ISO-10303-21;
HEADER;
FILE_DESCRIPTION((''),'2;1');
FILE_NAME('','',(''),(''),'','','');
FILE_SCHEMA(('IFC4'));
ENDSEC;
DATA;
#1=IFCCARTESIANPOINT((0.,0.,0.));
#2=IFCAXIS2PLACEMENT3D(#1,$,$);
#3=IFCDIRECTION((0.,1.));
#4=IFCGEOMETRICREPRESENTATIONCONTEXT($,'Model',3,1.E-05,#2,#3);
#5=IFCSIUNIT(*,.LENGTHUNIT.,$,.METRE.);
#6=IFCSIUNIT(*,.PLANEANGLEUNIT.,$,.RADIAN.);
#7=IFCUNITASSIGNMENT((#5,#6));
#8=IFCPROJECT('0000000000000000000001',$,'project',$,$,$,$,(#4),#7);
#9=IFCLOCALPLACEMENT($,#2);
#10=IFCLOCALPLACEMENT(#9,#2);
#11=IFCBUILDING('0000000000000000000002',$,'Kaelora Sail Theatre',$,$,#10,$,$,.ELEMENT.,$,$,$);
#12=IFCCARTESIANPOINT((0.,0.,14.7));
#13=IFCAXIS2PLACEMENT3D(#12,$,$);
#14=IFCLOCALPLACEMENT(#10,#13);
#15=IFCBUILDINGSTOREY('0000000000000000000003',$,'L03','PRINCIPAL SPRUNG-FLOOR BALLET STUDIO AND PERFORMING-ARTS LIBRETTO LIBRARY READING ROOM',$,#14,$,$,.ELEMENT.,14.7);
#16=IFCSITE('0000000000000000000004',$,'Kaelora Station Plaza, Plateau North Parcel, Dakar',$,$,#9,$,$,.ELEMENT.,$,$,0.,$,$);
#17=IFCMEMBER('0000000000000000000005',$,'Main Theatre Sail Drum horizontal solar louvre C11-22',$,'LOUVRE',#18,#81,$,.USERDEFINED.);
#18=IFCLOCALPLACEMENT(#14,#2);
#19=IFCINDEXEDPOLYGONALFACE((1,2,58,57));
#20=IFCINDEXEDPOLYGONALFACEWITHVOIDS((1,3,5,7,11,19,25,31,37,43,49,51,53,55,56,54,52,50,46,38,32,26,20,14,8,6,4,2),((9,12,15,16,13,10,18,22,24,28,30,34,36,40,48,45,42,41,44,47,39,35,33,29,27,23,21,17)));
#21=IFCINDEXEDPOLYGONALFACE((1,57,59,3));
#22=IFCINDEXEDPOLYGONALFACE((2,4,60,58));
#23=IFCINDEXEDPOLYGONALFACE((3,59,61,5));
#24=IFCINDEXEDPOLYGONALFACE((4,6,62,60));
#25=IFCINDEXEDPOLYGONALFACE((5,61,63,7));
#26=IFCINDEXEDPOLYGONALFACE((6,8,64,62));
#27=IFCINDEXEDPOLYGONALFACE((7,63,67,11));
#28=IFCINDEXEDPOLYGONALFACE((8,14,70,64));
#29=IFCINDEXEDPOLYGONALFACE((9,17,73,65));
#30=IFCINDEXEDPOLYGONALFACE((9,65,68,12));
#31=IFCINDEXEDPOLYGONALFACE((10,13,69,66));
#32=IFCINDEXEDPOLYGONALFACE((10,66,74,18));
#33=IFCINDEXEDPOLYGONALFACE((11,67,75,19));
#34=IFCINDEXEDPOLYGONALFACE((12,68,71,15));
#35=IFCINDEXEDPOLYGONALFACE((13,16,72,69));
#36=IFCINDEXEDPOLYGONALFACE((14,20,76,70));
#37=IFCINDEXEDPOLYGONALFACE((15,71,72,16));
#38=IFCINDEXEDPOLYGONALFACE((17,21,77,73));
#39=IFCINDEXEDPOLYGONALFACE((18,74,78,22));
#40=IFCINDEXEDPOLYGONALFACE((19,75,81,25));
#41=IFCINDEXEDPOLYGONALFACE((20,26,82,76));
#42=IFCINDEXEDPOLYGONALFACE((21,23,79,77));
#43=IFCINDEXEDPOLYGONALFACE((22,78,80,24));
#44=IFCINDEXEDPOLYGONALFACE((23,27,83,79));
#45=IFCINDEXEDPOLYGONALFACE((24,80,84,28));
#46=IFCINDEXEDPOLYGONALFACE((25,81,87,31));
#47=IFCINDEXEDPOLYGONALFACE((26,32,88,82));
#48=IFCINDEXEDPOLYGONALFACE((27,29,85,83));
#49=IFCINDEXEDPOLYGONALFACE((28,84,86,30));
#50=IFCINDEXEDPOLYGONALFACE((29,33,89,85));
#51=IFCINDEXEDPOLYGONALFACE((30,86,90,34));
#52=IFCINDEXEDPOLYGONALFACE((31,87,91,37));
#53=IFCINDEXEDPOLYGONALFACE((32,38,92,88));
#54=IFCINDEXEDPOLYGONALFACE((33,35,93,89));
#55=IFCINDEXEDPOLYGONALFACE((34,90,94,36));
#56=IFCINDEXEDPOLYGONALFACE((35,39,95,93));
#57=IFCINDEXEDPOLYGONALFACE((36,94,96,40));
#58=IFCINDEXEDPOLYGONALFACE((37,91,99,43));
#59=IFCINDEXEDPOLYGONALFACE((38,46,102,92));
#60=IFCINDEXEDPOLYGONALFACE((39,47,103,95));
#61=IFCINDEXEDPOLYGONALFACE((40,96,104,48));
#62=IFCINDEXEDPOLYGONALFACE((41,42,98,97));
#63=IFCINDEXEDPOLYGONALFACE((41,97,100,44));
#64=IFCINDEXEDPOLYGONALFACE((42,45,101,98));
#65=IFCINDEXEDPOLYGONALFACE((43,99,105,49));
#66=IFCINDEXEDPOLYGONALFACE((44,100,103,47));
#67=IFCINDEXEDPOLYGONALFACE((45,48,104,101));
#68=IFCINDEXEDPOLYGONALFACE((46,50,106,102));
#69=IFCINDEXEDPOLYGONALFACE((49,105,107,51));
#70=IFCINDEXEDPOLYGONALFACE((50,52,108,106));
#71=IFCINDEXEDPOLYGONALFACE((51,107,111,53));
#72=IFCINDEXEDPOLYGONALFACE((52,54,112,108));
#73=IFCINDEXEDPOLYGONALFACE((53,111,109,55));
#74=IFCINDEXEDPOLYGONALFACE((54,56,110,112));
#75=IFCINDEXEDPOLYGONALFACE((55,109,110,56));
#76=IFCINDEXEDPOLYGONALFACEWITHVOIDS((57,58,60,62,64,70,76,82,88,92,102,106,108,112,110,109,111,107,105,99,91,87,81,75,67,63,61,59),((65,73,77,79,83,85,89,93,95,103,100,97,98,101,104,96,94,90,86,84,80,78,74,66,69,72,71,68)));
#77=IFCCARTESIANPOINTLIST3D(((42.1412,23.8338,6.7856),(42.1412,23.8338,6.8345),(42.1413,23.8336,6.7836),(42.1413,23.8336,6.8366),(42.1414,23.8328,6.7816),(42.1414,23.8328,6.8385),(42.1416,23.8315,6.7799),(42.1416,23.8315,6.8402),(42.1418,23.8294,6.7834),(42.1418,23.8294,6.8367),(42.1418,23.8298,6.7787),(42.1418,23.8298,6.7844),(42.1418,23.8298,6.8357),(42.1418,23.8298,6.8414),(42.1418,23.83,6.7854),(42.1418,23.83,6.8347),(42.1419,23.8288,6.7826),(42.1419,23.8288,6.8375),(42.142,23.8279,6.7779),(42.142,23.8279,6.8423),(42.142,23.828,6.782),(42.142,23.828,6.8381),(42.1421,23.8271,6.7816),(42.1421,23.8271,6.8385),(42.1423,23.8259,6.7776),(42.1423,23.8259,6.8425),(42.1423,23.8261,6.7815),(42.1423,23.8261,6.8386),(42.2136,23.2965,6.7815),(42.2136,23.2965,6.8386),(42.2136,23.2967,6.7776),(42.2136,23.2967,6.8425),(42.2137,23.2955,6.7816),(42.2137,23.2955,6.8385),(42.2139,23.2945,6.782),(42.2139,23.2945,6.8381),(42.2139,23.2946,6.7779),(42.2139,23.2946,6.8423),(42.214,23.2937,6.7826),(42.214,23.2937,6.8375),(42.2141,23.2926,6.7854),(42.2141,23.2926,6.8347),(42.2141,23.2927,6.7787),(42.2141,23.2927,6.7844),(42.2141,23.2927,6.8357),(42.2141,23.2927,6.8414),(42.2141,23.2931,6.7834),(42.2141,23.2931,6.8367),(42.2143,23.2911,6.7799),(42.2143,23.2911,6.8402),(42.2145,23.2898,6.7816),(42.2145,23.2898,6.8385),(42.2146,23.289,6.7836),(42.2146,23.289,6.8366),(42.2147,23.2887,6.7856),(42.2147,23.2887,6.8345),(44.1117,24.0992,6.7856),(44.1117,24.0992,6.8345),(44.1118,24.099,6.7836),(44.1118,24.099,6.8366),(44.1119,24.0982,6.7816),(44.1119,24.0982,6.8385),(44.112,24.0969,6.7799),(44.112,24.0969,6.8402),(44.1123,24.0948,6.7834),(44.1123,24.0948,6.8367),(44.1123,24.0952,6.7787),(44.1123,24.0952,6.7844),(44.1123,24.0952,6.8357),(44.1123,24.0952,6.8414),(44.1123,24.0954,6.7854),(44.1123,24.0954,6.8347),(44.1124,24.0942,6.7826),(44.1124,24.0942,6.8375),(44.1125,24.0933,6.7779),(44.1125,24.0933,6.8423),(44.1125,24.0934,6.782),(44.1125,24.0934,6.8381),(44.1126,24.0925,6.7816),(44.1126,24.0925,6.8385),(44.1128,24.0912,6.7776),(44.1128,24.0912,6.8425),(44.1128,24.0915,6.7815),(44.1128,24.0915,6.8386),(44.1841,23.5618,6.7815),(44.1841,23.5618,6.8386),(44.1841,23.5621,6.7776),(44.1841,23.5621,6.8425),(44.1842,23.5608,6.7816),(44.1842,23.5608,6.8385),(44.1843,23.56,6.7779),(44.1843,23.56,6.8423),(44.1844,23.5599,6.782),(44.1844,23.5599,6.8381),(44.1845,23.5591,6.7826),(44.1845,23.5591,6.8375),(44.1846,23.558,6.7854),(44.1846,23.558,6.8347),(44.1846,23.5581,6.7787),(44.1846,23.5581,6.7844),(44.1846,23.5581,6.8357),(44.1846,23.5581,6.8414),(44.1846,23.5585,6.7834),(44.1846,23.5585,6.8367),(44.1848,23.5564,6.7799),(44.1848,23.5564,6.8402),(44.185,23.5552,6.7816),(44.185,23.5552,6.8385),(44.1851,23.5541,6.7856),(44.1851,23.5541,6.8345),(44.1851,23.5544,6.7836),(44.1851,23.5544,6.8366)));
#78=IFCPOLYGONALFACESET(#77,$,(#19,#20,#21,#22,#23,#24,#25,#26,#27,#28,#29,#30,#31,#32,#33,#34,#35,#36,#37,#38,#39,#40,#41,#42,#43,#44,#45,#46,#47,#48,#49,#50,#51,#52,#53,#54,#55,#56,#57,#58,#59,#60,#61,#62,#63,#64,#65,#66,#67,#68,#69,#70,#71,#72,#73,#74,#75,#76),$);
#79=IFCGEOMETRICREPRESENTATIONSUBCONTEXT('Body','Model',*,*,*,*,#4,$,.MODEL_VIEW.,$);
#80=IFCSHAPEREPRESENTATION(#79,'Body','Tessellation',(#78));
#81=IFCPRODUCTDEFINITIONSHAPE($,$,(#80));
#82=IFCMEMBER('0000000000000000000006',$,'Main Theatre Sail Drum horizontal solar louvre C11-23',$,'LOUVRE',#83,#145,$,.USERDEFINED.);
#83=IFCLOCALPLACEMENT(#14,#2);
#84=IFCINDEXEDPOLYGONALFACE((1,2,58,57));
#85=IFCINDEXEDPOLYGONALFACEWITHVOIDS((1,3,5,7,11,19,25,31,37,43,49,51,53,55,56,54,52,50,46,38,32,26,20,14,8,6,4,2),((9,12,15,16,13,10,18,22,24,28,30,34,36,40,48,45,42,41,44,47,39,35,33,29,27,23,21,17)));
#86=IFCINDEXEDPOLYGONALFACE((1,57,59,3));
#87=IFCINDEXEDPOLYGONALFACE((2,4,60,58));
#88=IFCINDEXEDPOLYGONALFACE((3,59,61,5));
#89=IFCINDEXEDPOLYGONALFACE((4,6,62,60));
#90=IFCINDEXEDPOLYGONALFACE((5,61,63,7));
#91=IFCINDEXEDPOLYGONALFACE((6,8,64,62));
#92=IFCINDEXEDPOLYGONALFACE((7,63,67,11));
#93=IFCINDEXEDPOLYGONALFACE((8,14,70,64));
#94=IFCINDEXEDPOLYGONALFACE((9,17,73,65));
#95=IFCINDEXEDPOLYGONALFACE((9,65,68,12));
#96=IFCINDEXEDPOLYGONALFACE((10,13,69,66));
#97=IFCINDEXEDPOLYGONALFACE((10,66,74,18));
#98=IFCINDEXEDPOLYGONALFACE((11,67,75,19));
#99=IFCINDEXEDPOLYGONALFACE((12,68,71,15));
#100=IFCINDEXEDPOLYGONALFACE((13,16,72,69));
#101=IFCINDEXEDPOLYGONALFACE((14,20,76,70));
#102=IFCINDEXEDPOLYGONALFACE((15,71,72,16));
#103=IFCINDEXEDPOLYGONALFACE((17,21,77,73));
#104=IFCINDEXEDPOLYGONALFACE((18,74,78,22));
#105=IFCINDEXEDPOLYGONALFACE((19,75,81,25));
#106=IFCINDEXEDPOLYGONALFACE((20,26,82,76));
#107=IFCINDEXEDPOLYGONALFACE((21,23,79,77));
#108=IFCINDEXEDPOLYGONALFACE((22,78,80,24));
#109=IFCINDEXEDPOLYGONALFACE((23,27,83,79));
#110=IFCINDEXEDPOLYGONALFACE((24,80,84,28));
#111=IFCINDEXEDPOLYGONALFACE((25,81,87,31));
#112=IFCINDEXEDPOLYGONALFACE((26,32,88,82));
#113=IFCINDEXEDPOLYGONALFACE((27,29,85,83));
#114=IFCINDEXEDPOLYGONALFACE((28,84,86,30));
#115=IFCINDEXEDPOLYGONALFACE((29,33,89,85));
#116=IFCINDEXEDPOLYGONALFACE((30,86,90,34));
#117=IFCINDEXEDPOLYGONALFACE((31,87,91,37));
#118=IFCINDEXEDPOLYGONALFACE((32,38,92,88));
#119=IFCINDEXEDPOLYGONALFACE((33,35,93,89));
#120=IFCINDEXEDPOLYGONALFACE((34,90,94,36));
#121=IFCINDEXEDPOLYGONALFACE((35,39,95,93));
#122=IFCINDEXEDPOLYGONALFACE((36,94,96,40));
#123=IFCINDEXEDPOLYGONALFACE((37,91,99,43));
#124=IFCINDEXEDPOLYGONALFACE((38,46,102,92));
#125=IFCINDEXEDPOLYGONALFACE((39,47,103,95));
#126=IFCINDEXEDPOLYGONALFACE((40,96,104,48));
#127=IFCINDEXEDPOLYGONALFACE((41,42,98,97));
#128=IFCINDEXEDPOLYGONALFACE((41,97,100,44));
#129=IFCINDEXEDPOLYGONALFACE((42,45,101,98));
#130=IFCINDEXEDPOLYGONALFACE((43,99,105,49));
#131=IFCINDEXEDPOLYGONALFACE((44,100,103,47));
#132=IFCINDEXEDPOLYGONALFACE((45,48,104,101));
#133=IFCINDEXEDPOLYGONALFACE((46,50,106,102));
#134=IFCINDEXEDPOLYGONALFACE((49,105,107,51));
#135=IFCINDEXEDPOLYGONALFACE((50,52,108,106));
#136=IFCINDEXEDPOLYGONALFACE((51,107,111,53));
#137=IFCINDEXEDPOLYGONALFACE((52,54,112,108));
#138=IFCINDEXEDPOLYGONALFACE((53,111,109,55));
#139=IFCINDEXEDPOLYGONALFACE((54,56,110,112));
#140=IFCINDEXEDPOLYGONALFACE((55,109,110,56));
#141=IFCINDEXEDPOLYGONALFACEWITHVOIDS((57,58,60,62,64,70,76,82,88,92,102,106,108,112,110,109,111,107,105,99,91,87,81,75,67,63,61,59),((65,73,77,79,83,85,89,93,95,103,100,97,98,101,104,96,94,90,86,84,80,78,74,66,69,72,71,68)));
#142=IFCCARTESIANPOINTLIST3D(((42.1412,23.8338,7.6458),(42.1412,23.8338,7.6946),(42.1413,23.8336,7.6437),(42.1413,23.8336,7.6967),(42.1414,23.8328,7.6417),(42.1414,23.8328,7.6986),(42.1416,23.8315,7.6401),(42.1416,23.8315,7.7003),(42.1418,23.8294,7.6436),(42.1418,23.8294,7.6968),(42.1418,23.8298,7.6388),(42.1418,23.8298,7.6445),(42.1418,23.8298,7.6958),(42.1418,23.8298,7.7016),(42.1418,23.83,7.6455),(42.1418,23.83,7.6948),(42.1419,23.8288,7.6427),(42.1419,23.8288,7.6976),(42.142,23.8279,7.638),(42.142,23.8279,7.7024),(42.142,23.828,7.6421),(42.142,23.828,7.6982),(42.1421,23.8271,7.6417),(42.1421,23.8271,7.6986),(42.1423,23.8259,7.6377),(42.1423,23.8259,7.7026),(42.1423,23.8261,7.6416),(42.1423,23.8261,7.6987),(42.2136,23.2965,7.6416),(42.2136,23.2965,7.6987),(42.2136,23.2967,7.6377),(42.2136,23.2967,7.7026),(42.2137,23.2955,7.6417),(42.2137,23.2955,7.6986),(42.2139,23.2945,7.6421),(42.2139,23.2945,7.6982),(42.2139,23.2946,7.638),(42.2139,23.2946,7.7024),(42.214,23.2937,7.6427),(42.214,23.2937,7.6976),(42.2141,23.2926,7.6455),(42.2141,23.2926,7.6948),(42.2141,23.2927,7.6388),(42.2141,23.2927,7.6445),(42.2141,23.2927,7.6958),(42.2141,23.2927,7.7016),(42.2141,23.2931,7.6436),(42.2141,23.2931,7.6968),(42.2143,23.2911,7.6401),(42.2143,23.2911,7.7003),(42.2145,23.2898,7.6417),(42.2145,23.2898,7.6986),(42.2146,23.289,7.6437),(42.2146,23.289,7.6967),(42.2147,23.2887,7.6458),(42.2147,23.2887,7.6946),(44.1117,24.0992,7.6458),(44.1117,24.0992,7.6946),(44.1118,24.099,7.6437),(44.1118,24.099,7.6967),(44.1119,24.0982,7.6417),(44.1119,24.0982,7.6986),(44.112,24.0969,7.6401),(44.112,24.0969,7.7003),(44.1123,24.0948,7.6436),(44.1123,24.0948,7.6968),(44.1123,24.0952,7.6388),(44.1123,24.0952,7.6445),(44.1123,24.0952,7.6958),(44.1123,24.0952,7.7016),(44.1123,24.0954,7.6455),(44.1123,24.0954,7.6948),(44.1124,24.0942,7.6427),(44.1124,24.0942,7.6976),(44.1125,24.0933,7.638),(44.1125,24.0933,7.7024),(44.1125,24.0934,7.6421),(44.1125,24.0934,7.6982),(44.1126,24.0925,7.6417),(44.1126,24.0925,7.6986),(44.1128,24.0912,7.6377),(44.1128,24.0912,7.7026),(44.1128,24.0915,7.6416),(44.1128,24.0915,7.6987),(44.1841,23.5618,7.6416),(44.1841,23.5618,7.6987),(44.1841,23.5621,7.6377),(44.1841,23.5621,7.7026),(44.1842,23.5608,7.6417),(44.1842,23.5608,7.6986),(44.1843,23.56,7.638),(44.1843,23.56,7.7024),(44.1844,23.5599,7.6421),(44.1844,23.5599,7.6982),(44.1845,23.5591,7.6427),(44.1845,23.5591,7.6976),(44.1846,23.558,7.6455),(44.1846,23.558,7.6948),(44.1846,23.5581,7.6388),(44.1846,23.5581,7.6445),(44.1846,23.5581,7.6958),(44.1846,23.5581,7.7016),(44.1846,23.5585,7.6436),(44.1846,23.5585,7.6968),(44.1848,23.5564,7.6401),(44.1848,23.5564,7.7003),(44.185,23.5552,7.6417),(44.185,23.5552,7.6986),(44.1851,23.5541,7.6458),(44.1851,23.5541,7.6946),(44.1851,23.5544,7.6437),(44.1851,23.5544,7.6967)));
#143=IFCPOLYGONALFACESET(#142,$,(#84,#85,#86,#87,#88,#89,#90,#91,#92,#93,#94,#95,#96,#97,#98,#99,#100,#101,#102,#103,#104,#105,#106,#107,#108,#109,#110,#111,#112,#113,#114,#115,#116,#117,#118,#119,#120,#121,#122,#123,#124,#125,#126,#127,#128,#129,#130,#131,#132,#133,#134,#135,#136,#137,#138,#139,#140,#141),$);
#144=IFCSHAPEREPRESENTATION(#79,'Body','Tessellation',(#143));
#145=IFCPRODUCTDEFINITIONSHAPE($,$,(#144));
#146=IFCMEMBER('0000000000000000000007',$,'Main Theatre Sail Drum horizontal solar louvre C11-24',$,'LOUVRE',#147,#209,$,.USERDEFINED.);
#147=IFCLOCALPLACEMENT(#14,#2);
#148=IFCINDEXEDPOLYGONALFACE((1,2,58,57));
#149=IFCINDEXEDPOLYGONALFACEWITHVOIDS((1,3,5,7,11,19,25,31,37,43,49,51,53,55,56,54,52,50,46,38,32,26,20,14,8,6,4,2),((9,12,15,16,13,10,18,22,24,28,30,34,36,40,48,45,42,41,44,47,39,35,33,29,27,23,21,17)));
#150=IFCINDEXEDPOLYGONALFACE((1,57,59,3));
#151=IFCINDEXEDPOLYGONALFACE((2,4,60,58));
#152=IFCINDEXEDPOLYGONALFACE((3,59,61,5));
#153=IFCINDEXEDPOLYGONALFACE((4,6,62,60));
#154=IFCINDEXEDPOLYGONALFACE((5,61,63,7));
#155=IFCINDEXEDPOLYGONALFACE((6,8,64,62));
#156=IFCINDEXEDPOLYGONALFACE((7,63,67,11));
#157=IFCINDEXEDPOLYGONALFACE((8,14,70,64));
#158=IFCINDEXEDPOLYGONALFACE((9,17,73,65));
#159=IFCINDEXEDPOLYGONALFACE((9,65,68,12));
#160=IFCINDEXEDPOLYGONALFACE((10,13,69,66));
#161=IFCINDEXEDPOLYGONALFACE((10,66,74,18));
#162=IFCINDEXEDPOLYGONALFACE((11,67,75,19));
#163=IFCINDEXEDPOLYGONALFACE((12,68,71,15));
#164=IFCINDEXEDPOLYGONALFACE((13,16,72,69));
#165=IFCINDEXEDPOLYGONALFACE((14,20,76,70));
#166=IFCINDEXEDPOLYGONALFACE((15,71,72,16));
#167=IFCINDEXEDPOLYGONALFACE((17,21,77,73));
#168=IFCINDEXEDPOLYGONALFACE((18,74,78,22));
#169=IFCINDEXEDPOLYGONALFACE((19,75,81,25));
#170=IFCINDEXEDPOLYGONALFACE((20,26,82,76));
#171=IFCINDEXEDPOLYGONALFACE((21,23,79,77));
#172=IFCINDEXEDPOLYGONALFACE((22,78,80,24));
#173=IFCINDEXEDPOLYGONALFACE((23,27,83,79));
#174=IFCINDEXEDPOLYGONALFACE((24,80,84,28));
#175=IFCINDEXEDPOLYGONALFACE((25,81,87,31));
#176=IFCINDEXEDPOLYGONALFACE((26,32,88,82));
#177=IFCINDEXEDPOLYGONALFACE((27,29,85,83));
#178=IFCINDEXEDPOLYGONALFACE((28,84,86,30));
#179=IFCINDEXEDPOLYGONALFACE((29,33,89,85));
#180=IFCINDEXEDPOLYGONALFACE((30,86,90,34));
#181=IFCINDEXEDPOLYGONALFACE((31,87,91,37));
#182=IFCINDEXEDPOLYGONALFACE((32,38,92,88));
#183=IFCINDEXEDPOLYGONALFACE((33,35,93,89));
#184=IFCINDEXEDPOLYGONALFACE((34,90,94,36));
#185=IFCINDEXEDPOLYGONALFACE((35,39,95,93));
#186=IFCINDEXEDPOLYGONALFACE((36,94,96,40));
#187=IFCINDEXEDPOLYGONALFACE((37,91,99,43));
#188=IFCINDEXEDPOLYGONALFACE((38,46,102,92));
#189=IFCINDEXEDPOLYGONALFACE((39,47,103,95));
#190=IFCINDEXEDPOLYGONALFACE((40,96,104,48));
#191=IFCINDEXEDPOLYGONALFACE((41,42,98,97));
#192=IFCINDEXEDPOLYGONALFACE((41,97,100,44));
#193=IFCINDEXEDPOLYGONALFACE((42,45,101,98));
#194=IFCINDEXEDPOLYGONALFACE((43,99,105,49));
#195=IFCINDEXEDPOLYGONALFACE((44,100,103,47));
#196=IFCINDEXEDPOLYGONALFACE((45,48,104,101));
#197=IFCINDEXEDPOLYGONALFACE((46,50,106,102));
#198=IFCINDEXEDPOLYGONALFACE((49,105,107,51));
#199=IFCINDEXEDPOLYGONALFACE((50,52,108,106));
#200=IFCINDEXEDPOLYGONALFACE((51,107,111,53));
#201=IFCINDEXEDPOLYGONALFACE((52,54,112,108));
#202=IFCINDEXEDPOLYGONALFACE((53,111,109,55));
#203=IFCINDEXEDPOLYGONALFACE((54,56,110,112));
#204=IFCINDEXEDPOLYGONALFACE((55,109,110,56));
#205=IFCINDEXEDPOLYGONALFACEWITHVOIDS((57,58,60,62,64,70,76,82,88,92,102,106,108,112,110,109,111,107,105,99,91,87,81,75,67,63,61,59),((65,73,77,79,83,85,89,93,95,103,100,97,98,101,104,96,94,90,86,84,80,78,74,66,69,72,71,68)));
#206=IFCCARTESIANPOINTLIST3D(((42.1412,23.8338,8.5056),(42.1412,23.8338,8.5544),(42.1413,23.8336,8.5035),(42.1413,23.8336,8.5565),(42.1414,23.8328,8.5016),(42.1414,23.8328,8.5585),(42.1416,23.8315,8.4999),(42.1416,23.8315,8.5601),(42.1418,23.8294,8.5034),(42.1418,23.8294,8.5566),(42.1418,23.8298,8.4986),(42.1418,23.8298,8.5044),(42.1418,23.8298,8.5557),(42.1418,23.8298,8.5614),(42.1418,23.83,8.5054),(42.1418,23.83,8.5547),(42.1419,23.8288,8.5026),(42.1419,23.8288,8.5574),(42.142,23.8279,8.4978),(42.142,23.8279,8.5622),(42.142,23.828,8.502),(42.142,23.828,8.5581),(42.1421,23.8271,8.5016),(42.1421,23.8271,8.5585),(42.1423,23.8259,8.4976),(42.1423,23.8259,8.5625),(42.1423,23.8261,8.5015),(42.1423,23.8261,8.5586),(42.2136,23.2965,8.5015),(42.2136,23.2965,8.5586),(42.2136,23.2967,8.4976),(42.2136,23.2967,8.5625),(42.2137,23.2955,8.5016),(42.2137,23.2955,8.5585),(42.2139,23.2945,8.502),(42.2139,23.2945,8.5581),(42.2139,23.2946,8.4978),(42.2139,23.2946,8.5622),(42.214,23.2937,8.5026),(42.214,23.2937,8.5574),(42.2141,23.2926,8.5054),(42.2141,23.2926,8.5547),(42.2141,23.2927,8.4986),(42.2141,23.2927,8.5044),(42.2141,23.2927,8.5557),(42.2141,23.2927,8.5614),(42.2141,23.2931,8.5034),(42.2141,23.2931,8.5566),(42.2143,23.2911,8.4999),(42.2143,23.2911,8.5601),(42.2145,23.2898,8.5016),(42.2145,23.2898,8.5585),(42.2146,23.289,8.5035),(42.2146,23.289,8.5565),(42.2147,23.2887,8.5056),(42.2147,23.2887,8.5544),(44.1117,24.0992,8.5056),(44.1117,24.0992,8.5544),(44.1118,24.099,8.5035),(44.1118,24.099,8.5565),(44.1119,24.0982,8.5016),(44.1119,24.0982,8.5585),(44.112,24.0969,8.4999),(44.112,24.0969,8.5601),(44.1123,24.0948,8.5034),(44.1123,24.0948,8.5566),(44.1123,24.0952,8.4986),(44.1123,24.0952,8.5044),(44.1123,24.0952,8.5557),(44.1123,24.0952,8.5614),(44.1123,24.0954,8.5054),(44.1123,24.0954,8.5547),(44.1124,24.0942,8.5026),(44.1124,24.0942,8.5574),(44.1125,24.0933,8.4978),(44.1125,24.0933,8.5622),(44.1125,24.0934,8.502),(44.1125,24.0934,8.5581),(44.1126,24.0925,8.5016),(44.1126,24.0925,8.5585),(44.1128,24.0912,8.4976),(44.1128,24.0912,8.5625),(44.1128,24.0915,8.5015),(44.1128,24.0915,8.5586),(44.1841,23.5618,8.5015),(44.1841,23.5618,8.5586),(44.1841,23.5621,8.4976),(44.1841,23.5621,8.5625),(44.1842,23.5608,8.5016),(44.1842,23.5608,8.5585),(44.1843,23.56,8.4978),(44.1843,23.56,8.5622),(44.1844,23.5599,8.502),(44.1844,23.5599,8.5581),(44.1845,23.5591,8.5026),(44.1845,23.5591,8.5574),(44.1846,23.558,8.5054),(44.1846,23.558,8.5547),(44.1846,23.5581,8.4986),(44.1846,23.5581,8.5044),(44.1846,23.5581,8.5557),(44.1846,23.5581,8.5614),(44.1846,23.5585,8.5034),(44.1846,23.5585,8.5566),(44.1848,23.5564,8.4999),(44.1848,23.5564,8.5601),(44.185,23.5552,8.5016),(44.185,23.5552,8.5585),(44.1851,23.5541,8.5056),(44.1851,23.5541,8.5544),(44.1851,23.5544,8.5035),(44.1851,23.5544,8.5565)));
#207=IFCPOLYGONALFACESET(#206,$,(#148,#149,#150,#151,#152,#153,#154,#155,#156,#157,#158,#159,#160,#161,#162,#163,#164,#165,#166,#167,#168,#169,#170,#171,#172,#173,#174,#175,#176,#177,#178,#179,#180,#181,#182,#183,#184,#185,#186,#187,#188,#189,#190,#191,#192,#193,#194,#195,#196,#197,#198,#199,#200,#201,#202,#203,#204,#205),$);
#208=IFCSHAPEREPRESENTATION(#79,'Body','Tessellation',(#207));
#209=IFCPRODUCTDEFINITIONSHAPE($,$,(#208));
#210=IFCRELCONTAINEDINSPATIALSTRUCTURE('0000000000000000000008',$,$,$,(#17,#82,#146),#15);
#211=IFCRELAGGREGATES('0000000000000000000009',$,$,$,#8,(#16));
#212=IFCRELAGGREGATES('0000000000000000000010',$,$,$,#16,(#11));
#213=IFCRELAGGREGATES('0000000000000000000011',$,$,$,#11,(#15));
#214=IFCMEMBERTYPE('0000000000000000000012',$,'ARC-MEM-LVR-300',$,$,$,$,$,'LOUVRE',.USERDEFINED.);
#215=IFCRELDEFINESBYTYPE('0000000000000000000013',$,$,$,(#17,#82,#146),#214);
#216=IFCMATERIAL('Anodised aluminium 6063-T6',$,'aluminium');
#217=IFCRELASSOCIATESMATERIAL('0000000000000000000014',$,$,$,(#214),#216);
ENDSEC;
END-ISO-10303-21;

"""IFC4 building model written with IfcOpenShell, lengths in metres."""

from ifc_helpers import new_model, si_unit, direction, frame, origin, origin_2d, place, context, subcontext, project, spatial, hollow_rectangle, extrude, material, material_profile, profile_set, type_object, element, save


model = new_model("IFC4")

# Units and contexts
model_context = context("Model", 3, precision=1e-05, world=origin(), true_north=direction((0.0, 1.0)))
body_context = subcontext(model_context, "Body", "Model", "MODEL_VIEW")
ifc_project = project(units=[si_unit("LENGTHUNIT", "METRE"), si_unit("PLANEANGLEUNIT", "RADIAN")], contexts=[model_context])

# Site, building, storey
site_placement = place(None, origin())
site = spatial("IfcSite", under=ifc_project, at=site_placement, Name="Kaelora Station Plaza, Plateau North Parcel, Dakar", CompositionType="ELEMENT", RefElevation=0.0)
building_placement = place(site_placement, origin())
building = spatial("IfcBuilding", under=site, at=building_placement, Name="Kaelora Sail Theatre", CompositionType="ELEMENT")
storey_placement = place(building_placement, frame((0.0, 0.0, 14.7)))
storey = spatial("IfcBuildingStorey", under=building, at=storey_placement, Name="L03", Description="PRINCIPAL SPRUNG-FLOOR BALLET STUDIO AND PERFORMING-ARTS LIBRETTO LIBRARY READING ROOM", CompositionType="ELEMENT", Elevation=14.7)

# Members
ifc_material = material(Name="Anodised aluminium 6063-T6", Category="aluminium")
ifc_material_profile = material_profile(ifc_material, hollow_rectangle(XDim=0.55, YDim=0.0649, WallThickness=0.0039, InnerFilletRadius=0.0039, OuterFilletRadius=0.0081, at=origin_2d()), Name="LOUVRE 550x65x4")
ifc_profile_set = profile_set([ifc_material_profile], Name="Anodised aluminium 6063-T6")
member_type = type_object("IfcMemberType", Name="ARC-MEM-LVR-300", ElementType="LOUVRE", PredefinedType="USERDEFINED", material=ifc_profile_set)
for number, where, z_axis, x_axis, name in (
    (1, (44.1484, 23.8267, 6.8101), (-0.991052, -0.133475, 0.0), (0.133475, -0.991052, 0.0), "Main Theatre Sail Drum horizontal solar louvre C11-22"),
    (2, (44.1484, 23.8267, 7.6702), (-0.991052, -0.133475, 0.0), (0.133475, -0.991052, 0.0), "Main Theatre Sail Drum horizontal solar louvre C11-23"),
    (3, (44.1484, 23.8267, 8.53), (-0.991052, -0.133475, 0.0), (0.133475, -0.991052, 0.0), "Main Theatre Sail Drum horizontal solar louvre C11-24"),
):
    element("IfcMember", number, at=place(storey_placement, frame(where, z_axis=z_axis, x_axis=x_axis)), inside=storey, type_object=member_type, Name=name, ObjectType="LOUVRE", PredefinedType="USERDEFINED", context=body_context, shape_type="SweptSolid", body=[
        extrude(hollow_rectangle(XDim=0.55, YDim=0.0649, WallThickness=0.0039, InnerFilletRadius=0.0039, OuterFilletRadius=0.0081, at=origin_2d()), origin(), (0.0, 0.0, 1.0), 1.9883),
    ])

save(model, "model.ifc")
